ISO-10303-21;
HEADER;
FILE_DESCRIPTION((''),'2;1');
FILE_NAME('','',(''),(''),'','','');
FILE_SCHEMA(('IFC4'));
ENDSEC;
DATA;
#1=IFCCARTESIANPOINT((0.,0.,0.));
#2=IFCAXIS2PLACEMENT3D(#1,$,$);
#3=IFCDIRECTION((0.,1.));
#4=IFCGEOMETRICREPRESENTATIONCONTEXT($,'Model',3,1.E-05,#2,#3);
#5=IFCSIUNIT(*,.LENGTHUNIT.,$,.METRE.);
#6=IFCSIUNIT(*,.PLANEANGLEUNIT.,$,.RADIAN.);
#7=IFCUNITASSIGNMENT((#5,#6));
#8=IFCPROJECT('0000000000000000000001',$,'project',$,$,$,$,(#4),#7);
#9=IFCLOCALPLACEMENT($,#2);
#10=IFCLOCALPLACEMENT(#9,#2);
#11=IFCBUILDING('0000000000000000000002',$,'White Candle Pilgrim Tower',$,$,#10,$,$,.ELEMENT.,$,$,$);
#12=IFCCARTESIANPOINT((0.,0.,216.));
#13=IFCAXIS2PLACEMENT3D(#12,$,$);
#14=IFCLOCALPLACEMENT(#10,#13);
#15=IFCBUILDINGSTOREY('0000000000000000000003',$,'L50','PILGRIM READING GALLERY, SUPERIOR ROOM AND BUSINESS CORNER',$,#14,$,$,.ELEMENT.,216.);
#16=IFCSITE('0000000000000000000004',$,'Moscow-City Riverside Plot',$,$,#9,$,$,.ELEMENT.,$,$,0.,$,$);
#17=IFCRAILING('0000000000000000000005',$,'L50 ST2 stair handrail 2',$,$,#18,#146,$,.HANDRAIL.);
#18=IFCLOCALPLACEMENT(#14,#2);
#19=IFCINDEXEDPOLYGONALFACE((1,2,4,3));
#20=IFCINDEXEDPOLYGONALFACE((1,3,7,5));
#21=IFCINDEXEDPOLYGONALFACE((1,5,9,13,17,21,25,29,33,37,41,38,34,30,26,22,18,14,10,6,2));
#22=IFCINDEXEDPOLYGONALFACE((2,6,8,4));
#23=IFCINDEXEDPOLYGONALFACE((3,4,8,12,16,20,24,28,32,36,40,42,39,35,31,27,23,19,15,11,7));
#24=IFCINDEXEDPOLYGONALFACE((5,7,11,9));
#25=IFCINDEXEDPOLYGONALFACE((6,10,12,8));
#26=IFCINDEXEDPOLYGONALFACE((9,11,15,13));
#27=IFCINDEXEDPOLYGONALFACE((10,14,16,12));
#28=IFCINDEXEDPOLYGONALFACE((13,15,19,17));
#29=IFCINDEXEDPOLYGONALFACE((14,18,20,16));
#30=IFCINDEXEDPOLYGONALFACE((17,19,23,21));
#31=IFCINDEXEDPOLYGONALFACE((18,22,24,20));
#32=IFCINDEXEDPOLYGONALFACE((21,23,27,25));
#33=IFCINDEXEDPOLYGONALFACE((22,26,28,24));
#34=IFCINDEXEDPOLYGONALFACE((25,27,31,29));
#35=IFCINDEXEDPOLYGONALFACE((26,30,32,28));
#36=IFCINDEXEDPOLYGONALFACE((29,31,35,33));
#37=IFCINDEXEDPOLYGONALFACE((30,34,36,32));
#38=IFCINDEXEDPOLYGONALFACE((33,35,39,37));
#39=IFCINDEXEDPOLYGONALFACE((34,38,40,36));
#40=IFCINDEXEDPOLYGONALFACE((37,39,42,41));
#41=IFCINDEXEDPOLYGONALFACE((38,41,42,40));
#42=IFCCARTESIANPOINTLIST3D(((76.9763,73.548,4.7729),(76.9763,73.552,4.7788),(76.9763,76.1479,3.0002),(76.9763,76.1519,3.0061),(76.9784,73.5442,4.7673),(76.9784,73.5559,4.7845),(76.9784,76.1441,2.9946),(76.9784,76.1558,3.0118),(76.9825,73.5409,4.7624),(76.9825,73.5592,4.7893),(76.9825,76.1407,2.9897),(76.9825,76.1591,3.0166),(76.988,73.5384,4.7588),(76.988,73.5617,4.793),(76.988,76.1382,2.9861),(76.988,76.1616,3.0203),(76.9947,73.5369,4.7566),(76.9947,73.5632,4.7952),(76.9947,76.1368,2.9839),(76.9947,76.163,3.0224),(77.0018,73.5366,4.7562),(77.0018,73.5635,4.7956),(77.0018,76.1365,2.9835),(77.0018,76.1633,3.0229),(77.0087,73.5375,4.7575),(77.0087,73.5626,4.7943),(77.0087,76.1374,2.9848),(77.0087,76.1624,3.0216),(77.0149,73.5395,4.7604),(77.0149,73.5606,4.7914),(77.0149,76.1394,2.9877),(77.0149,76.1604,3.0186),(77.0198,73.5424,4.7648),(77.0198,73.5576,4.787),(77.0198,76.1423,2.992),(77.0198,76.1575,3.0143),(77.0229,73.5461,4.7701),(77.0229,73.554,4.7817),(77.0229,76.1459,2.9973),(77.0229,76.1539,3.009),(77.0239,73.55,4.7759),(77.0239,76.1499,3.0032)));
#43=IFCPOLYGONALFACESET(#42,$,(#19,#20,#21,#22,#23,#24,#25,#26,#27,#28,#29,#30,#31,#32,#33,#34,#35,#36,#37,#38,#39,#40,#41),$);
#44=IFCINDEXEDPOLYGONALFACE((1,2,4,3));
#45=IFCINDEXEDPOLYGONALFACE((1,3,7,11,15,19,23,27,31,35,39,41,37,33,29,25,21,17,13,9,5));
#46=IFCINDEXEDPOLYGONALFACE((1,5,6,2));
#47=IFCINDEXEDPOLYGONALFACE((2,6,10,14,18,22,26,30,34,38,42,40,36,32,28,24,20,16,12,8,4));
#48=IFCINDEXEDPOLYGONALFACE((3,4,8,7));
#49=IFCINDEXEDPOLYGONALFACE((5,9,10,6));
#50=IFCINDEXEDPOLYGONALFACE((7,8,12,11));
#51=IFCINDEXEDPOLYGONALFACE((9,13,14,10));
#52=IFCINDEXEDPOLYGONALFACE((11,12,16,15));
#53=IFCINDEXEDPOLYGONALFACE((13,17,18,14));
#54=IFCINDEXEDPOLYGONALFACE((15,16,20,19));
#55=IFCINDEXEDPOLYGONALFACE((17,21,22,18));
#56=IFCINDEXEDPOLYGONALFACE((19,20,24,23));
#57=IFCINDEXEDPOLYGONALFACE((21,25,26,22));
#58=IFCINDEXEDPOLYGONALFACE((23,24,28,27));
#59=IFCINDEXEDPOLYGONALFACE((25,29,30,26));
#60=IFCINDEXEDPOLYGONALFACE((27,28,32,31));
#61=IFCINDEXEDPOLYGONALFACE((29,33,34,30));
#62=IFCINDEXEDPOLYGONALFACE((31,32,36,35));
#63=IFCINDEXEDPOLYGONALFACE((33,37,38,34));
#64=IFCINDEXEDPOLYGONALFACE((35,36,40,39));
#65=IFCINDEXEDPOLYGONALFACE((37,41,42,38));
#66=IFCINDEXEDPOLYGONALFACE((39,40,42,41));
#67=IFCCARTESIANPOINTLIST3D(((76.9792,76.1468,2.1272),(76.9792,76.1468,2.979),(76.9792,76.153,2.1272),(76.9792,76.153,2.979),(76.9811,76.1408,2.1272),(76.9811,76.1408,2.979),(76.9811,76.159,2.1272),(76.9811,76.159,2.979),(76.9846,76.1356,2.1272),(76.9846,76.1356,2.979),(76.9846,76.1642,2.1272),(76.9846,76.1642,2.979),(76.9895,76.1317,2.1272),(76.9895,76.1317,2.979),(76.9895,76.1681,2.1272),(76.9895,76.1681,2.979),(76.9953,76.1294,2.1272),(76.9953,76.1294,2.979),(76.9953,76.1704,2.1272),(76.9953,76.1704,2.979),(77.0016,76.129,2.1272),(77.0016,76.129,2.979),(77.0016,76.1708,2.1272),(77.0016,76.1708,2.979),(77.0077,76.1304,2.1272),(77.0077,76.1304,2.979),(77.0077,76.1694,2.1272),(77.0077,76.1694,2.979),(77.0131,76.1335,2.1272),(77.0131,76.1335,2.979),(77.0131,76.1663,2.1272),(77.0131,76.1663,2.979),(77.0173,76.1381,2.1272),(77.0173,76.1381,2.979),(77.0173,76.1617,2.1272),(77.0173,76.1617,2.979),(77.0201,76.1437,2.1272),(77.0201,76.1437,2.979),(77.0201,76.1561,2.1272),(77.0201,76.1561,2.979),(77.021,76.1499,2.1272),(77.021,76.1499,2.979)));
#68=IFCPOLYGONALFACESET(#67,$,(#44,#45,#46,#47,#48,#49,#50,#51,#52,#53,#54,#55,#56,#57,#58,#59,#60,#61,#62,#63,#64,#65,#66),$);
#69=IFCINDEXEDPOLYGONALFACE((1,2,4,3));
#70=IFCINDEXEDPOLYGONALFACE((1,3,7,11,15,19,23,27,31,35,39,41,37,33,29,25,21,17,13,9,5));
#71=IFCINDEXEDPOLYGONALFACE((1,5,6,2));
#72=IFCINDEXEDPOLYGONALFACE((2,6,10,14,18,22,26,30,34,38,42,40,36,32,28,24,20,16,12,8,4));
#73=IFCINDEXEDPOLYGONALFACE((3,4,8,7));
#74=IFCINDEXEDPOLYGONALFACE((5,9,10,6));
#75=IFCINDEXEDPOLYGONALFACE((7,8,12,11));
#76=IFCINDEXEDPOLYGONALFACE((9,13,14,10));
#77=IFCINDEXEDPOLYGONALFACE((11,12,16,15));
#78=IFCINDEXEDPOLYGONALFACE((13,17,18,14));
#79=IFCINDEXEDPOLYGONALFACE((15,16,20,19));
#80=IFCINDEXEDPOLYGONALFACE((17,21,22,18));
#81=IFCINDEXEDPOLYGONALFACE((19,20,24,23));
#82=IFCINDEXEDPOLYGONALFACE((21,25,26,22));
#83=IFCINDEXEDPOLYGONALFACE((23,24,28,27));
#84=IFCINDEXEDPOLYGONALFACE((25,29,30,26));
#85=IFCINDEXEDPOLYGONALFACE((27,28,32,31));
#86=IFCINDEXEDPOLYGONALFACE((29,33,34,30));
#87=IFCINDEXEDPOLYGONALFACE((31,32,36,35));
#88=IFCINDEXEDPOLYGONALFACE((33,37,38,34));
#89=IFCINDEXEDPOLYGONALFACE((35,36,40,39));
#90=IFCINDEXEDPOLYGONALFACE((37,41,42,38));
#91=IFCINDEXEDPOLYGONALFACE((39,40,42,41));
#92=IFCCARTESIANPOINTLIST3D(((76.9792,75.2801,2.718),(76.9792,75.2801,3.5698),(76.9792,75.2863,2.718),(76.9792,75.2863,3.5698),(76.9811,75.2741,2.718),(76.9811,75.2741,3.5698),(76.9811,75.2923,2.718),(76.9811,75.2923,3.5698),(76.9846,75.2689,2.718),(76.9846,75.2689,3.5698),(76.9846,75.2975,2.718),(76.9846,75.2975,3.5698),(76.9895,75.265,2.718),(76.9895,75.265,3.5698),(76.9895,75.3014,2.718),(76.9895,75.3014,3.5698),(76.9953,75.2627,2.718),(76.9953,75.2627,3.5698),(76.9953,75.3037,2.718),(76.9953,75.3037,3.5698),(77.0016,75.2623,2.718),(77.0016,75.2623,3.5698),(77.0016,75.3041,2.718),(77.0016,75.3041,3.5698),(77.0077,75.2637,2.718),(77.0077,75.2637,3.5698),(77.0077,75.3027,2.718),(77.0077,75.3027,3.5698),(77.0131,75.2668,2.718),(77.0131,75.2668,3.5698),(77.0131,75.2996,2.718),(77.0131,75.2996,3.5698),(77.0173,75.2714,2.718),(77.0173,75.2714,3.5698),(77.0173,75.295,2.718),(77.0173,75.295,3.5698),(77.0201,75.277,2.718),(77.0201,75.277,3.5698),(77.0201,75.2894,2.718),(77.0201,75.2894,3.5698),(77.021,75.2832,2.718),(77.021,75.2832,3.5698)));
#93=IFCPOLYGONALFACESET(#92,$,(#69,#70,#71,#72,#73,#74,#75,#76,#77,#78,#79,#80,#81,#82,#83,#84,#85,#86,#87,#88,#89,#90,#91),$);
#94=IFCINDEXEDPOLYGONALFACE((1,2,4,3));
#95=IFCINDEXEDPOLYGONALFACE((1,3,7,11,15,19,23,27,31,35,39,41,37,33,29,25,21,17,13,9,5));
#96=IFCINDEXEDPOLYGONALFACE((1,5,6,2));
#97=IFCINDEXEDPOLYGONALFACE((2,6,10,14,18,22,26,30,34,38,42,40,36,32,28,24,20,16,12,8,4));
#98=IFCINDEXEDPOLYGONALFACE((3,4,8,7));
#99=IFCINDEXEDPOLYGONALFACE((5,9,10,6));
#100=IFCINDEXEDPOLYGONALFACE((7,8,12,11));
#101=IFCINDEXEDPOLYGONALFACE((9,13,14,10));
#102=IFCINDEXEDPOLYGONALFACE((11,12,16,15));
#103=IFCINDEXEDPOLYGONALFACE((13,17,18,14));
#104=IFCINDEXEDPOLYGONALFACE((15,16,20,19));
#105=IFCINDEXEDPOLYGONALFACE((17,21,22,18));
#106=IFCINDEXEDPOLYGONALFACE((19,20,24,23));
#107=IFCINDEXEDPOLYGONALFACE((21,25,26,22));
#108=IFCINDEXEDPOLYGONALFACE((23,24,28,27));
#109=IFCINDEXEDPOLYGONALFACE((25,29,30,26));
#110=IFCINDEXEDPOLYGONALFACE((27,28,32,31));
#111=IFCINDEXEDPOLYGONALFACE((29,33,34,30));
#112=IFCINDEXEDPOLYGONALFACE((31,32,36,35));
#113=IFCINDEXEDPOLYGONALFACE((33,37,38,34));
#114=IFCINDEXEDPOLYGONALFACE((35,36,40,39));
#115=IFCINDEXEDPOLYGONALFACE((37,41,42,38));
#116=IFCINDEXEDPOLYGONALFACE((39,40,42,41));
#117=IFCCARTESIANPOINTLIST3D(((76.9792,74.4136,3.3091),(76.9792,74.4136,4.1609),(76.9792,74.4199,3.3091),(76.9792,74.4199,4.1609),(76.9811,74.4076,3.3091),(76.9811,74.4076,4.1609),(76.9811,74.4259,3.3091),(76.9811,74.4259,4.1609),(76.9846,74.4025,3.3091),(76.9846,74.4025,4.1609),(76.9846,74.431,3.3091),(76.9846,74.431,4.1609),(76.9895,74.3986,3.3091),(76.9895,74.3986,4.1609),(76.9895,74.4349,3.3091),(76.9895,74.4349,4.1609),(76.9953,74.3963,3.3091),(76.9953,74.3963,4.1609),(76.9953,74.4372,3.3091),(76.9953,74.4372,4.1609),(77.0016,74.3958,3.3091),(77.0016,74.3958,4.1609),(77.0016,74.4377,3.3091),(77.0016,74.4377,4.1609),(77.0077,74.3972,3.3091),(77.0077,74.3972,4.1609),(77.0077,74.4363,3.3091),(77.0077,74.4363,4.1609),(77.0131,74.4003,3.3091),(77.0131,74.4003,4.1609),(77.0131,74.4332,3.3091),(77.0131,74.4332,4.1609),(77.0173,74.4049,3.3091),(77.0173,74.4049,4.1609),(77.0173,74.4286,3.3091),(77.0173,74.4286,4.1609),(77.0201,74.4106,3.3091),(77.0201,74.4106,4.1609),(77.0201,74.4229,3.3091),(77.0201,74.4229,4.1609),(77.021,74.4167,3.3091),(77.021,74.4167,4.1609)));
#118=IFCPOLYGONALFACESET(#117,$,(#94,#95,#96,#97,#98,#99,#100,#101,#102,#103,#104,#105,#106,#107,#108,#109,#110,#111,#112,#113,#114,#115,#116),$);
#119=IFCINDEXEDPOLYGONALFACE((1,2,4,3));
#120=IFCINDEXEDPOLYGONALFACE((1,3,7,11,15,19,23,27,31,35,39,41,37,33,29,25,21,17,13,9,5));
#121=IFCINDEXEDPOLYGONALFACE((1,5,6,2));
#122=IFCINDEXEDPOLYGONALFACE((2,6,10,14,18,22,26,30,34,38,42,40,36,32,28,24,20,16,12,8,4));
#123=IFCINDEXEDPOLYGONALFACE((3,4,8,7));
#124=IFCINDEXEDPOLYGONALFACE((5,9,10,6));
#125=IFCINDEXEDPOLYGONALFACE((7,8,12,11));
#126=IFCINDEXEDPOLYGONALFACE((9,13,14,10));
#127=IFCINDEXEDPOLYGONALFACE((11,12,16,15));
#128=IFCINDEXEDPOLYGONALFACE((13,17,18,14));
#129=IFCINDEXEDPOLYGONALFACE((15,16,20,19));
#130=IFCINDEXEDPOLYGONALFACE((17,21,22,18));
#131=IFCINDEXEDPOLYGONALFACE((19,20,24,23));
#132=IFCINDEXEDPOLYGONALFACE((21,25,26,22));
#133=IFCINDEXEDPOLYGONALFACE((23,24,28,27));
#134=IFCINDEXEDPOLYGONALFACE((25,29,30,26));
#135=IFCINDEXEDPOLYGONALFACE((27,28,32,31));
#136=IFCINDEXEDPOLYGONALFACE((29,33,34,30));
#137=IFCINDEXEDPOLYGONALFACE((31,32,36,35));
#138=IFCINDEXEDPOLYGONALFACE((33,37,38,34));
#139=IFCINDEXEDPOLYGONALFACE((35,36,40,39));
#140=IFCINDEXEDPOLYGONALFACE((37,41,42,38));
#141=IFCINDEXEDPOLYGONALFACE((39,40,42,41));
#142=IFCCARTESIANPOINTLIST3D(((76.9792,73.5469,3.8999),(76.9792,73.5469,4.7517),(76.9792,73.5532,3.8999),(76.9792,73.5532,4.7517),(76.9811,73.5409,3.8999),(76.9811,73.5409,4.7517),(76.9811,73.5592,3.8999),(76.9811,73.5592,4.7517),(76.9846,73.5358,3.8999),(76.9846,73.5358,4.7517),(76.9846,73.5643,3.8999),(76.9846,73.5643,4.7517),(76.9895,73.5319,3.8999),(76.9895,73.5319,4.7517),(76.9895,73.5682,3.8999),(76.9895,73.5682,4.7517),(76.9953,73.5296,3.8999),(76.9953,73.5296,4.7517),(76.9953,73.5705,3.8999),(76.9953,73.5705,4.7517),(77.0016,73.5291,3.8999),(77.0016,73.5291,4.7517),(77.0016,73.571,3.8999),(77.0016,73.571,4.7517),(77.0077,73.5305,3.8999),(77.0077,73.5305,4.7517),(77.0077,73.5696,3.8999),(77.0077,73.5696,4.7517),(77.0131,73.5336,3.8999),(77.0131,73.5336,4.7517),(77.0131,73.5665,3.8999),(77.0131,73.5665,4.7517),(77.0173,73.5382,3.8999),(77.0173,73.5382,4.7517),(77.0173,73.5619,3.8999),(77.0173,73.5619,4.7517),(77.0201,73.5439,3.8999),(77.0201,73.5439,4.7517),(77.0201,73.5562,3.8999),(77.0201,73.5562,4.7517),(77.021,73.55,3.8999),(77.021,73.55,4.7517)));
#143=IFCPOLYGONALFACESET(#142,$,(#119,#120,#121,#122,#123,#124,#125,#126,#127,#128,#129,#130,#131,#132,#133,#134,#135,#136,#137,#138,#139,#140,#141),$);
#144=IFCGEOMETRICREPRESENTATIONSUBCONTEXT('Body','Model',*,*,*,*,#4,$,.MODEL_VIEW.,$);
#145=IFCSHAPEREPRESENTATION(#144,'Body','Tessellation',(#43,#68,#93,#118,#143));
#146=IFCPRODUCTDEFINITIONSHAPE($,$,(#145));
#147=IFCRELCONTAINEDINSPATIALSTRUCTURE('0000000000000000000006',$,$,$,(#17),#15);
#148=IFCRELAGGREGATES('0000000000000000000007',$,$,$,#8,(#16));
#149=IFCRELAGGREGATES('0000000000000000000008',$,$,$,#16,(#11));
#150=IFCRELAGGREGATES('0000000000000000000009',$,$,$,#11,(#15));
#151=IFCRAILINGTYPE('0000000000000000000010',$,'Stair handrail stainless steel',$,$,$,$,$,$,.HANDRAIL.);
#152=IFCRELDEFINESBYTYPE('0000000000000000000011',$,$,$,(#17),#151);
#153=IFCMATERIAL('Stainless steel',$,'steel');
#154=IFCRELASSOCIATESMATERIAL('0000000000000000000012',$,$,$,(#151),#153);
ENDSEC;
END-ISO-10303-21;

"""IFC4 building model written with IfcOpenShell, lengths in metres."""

from ifc_helpers import new_model, si_unit, direction, frame, origin, origin_2d, place, context, subcontext, project, spatial, circle, extrude, material, type_object, element, save


model = new_model("IFC4")

# Units and contexts
model_context = context("Model", 3, precision=1e-05, world=origin(), true_north=direction((0.0, 1.0)))
body_context = subcontext(model_context, "Body", "Model", "MODEL_VIEW")
ifc_project = project(units=[si_unit("LENGTHUNIT", "METRE"), si_unit("PLANEANGLEUNIT", "RADIAN")], contexts=[model_context])

# Site, building, storey
site_placement = place(None, origin())
site = spatial("IfcSite", under=ifc_project, at=site_placement, Name="Moscow-City Riverside Plot", CompositionType="ELEMENT", RefElevation=0.0)
building_placement = place(site_placement, origin())
building = spatial("IfcBuilding", under=site, at=building_placement, Name="White Candle Pilgrim Tower", CompositionType="ELEMENT")
storey_placement = place(building_placement, frame((0.0, 0.0, 216.0)))
storey = spatial("IfcBuildingStorey", under=building, at=storey_placement, Name="L50", Description="PILGRIM READING GALLERY, SUPERIOR ROOM AND BUSINESS CORNER", CompositionType="ELEMENT", Elevation=216.0)

# Railing
ifc_material_1 = material(Name="Stainless steel", Category="steel")
railing_type_1 = type_object("IfcRailingType", Name="Stair handrail stainless steel", PredefinedType="HANDRAIL", material=ifc_material_1)
railing_1_placement = place(storey_placement, frame((77.0, 76.1499, 2.1272)))
element("IfcRailing", 1, at=railing_1_placement, inside=storey, type_object=railing_type_1, Name="L50 ST2 stair handrail 2", PredefinedType="HANDRAIL", context=body_context, shape_type="SweptSolid", body=[
    extrude(circle(Radius=0.0239, at=origin_2d()), frame((0.0, 0.0, 0.876), z_axis=(0.0, -0.826216, 0.563354), x_axis=(1.0, 0.0, 0.0)), (0.0, 0.0, 1.0), 3.1467),
    extrude(circle(Radius=0.021, at=origin_2d()), origin(), (0.0, 0.0, 1.0), 0.8518),
    extrude(circle(Radius=0.021, at=origin_2d()), frame((0.0, -0.8667, 0.5908)), (0.0, 0.0, 1.0), 0.8518),
    extrude(circle(Radius=0.021, at=origin_2d()), frame((0.0, -1.7332, 1.1819)), (0.0, 0.0, 1.0), 0.8518),
    extrude(circle(Radius=0.021, at=origin_2d()), frame((0.0, -2.5999, 1.7727)), (0.0, 0.0, 1.0), 0.8518),
])

save(model, "model.ifc")
